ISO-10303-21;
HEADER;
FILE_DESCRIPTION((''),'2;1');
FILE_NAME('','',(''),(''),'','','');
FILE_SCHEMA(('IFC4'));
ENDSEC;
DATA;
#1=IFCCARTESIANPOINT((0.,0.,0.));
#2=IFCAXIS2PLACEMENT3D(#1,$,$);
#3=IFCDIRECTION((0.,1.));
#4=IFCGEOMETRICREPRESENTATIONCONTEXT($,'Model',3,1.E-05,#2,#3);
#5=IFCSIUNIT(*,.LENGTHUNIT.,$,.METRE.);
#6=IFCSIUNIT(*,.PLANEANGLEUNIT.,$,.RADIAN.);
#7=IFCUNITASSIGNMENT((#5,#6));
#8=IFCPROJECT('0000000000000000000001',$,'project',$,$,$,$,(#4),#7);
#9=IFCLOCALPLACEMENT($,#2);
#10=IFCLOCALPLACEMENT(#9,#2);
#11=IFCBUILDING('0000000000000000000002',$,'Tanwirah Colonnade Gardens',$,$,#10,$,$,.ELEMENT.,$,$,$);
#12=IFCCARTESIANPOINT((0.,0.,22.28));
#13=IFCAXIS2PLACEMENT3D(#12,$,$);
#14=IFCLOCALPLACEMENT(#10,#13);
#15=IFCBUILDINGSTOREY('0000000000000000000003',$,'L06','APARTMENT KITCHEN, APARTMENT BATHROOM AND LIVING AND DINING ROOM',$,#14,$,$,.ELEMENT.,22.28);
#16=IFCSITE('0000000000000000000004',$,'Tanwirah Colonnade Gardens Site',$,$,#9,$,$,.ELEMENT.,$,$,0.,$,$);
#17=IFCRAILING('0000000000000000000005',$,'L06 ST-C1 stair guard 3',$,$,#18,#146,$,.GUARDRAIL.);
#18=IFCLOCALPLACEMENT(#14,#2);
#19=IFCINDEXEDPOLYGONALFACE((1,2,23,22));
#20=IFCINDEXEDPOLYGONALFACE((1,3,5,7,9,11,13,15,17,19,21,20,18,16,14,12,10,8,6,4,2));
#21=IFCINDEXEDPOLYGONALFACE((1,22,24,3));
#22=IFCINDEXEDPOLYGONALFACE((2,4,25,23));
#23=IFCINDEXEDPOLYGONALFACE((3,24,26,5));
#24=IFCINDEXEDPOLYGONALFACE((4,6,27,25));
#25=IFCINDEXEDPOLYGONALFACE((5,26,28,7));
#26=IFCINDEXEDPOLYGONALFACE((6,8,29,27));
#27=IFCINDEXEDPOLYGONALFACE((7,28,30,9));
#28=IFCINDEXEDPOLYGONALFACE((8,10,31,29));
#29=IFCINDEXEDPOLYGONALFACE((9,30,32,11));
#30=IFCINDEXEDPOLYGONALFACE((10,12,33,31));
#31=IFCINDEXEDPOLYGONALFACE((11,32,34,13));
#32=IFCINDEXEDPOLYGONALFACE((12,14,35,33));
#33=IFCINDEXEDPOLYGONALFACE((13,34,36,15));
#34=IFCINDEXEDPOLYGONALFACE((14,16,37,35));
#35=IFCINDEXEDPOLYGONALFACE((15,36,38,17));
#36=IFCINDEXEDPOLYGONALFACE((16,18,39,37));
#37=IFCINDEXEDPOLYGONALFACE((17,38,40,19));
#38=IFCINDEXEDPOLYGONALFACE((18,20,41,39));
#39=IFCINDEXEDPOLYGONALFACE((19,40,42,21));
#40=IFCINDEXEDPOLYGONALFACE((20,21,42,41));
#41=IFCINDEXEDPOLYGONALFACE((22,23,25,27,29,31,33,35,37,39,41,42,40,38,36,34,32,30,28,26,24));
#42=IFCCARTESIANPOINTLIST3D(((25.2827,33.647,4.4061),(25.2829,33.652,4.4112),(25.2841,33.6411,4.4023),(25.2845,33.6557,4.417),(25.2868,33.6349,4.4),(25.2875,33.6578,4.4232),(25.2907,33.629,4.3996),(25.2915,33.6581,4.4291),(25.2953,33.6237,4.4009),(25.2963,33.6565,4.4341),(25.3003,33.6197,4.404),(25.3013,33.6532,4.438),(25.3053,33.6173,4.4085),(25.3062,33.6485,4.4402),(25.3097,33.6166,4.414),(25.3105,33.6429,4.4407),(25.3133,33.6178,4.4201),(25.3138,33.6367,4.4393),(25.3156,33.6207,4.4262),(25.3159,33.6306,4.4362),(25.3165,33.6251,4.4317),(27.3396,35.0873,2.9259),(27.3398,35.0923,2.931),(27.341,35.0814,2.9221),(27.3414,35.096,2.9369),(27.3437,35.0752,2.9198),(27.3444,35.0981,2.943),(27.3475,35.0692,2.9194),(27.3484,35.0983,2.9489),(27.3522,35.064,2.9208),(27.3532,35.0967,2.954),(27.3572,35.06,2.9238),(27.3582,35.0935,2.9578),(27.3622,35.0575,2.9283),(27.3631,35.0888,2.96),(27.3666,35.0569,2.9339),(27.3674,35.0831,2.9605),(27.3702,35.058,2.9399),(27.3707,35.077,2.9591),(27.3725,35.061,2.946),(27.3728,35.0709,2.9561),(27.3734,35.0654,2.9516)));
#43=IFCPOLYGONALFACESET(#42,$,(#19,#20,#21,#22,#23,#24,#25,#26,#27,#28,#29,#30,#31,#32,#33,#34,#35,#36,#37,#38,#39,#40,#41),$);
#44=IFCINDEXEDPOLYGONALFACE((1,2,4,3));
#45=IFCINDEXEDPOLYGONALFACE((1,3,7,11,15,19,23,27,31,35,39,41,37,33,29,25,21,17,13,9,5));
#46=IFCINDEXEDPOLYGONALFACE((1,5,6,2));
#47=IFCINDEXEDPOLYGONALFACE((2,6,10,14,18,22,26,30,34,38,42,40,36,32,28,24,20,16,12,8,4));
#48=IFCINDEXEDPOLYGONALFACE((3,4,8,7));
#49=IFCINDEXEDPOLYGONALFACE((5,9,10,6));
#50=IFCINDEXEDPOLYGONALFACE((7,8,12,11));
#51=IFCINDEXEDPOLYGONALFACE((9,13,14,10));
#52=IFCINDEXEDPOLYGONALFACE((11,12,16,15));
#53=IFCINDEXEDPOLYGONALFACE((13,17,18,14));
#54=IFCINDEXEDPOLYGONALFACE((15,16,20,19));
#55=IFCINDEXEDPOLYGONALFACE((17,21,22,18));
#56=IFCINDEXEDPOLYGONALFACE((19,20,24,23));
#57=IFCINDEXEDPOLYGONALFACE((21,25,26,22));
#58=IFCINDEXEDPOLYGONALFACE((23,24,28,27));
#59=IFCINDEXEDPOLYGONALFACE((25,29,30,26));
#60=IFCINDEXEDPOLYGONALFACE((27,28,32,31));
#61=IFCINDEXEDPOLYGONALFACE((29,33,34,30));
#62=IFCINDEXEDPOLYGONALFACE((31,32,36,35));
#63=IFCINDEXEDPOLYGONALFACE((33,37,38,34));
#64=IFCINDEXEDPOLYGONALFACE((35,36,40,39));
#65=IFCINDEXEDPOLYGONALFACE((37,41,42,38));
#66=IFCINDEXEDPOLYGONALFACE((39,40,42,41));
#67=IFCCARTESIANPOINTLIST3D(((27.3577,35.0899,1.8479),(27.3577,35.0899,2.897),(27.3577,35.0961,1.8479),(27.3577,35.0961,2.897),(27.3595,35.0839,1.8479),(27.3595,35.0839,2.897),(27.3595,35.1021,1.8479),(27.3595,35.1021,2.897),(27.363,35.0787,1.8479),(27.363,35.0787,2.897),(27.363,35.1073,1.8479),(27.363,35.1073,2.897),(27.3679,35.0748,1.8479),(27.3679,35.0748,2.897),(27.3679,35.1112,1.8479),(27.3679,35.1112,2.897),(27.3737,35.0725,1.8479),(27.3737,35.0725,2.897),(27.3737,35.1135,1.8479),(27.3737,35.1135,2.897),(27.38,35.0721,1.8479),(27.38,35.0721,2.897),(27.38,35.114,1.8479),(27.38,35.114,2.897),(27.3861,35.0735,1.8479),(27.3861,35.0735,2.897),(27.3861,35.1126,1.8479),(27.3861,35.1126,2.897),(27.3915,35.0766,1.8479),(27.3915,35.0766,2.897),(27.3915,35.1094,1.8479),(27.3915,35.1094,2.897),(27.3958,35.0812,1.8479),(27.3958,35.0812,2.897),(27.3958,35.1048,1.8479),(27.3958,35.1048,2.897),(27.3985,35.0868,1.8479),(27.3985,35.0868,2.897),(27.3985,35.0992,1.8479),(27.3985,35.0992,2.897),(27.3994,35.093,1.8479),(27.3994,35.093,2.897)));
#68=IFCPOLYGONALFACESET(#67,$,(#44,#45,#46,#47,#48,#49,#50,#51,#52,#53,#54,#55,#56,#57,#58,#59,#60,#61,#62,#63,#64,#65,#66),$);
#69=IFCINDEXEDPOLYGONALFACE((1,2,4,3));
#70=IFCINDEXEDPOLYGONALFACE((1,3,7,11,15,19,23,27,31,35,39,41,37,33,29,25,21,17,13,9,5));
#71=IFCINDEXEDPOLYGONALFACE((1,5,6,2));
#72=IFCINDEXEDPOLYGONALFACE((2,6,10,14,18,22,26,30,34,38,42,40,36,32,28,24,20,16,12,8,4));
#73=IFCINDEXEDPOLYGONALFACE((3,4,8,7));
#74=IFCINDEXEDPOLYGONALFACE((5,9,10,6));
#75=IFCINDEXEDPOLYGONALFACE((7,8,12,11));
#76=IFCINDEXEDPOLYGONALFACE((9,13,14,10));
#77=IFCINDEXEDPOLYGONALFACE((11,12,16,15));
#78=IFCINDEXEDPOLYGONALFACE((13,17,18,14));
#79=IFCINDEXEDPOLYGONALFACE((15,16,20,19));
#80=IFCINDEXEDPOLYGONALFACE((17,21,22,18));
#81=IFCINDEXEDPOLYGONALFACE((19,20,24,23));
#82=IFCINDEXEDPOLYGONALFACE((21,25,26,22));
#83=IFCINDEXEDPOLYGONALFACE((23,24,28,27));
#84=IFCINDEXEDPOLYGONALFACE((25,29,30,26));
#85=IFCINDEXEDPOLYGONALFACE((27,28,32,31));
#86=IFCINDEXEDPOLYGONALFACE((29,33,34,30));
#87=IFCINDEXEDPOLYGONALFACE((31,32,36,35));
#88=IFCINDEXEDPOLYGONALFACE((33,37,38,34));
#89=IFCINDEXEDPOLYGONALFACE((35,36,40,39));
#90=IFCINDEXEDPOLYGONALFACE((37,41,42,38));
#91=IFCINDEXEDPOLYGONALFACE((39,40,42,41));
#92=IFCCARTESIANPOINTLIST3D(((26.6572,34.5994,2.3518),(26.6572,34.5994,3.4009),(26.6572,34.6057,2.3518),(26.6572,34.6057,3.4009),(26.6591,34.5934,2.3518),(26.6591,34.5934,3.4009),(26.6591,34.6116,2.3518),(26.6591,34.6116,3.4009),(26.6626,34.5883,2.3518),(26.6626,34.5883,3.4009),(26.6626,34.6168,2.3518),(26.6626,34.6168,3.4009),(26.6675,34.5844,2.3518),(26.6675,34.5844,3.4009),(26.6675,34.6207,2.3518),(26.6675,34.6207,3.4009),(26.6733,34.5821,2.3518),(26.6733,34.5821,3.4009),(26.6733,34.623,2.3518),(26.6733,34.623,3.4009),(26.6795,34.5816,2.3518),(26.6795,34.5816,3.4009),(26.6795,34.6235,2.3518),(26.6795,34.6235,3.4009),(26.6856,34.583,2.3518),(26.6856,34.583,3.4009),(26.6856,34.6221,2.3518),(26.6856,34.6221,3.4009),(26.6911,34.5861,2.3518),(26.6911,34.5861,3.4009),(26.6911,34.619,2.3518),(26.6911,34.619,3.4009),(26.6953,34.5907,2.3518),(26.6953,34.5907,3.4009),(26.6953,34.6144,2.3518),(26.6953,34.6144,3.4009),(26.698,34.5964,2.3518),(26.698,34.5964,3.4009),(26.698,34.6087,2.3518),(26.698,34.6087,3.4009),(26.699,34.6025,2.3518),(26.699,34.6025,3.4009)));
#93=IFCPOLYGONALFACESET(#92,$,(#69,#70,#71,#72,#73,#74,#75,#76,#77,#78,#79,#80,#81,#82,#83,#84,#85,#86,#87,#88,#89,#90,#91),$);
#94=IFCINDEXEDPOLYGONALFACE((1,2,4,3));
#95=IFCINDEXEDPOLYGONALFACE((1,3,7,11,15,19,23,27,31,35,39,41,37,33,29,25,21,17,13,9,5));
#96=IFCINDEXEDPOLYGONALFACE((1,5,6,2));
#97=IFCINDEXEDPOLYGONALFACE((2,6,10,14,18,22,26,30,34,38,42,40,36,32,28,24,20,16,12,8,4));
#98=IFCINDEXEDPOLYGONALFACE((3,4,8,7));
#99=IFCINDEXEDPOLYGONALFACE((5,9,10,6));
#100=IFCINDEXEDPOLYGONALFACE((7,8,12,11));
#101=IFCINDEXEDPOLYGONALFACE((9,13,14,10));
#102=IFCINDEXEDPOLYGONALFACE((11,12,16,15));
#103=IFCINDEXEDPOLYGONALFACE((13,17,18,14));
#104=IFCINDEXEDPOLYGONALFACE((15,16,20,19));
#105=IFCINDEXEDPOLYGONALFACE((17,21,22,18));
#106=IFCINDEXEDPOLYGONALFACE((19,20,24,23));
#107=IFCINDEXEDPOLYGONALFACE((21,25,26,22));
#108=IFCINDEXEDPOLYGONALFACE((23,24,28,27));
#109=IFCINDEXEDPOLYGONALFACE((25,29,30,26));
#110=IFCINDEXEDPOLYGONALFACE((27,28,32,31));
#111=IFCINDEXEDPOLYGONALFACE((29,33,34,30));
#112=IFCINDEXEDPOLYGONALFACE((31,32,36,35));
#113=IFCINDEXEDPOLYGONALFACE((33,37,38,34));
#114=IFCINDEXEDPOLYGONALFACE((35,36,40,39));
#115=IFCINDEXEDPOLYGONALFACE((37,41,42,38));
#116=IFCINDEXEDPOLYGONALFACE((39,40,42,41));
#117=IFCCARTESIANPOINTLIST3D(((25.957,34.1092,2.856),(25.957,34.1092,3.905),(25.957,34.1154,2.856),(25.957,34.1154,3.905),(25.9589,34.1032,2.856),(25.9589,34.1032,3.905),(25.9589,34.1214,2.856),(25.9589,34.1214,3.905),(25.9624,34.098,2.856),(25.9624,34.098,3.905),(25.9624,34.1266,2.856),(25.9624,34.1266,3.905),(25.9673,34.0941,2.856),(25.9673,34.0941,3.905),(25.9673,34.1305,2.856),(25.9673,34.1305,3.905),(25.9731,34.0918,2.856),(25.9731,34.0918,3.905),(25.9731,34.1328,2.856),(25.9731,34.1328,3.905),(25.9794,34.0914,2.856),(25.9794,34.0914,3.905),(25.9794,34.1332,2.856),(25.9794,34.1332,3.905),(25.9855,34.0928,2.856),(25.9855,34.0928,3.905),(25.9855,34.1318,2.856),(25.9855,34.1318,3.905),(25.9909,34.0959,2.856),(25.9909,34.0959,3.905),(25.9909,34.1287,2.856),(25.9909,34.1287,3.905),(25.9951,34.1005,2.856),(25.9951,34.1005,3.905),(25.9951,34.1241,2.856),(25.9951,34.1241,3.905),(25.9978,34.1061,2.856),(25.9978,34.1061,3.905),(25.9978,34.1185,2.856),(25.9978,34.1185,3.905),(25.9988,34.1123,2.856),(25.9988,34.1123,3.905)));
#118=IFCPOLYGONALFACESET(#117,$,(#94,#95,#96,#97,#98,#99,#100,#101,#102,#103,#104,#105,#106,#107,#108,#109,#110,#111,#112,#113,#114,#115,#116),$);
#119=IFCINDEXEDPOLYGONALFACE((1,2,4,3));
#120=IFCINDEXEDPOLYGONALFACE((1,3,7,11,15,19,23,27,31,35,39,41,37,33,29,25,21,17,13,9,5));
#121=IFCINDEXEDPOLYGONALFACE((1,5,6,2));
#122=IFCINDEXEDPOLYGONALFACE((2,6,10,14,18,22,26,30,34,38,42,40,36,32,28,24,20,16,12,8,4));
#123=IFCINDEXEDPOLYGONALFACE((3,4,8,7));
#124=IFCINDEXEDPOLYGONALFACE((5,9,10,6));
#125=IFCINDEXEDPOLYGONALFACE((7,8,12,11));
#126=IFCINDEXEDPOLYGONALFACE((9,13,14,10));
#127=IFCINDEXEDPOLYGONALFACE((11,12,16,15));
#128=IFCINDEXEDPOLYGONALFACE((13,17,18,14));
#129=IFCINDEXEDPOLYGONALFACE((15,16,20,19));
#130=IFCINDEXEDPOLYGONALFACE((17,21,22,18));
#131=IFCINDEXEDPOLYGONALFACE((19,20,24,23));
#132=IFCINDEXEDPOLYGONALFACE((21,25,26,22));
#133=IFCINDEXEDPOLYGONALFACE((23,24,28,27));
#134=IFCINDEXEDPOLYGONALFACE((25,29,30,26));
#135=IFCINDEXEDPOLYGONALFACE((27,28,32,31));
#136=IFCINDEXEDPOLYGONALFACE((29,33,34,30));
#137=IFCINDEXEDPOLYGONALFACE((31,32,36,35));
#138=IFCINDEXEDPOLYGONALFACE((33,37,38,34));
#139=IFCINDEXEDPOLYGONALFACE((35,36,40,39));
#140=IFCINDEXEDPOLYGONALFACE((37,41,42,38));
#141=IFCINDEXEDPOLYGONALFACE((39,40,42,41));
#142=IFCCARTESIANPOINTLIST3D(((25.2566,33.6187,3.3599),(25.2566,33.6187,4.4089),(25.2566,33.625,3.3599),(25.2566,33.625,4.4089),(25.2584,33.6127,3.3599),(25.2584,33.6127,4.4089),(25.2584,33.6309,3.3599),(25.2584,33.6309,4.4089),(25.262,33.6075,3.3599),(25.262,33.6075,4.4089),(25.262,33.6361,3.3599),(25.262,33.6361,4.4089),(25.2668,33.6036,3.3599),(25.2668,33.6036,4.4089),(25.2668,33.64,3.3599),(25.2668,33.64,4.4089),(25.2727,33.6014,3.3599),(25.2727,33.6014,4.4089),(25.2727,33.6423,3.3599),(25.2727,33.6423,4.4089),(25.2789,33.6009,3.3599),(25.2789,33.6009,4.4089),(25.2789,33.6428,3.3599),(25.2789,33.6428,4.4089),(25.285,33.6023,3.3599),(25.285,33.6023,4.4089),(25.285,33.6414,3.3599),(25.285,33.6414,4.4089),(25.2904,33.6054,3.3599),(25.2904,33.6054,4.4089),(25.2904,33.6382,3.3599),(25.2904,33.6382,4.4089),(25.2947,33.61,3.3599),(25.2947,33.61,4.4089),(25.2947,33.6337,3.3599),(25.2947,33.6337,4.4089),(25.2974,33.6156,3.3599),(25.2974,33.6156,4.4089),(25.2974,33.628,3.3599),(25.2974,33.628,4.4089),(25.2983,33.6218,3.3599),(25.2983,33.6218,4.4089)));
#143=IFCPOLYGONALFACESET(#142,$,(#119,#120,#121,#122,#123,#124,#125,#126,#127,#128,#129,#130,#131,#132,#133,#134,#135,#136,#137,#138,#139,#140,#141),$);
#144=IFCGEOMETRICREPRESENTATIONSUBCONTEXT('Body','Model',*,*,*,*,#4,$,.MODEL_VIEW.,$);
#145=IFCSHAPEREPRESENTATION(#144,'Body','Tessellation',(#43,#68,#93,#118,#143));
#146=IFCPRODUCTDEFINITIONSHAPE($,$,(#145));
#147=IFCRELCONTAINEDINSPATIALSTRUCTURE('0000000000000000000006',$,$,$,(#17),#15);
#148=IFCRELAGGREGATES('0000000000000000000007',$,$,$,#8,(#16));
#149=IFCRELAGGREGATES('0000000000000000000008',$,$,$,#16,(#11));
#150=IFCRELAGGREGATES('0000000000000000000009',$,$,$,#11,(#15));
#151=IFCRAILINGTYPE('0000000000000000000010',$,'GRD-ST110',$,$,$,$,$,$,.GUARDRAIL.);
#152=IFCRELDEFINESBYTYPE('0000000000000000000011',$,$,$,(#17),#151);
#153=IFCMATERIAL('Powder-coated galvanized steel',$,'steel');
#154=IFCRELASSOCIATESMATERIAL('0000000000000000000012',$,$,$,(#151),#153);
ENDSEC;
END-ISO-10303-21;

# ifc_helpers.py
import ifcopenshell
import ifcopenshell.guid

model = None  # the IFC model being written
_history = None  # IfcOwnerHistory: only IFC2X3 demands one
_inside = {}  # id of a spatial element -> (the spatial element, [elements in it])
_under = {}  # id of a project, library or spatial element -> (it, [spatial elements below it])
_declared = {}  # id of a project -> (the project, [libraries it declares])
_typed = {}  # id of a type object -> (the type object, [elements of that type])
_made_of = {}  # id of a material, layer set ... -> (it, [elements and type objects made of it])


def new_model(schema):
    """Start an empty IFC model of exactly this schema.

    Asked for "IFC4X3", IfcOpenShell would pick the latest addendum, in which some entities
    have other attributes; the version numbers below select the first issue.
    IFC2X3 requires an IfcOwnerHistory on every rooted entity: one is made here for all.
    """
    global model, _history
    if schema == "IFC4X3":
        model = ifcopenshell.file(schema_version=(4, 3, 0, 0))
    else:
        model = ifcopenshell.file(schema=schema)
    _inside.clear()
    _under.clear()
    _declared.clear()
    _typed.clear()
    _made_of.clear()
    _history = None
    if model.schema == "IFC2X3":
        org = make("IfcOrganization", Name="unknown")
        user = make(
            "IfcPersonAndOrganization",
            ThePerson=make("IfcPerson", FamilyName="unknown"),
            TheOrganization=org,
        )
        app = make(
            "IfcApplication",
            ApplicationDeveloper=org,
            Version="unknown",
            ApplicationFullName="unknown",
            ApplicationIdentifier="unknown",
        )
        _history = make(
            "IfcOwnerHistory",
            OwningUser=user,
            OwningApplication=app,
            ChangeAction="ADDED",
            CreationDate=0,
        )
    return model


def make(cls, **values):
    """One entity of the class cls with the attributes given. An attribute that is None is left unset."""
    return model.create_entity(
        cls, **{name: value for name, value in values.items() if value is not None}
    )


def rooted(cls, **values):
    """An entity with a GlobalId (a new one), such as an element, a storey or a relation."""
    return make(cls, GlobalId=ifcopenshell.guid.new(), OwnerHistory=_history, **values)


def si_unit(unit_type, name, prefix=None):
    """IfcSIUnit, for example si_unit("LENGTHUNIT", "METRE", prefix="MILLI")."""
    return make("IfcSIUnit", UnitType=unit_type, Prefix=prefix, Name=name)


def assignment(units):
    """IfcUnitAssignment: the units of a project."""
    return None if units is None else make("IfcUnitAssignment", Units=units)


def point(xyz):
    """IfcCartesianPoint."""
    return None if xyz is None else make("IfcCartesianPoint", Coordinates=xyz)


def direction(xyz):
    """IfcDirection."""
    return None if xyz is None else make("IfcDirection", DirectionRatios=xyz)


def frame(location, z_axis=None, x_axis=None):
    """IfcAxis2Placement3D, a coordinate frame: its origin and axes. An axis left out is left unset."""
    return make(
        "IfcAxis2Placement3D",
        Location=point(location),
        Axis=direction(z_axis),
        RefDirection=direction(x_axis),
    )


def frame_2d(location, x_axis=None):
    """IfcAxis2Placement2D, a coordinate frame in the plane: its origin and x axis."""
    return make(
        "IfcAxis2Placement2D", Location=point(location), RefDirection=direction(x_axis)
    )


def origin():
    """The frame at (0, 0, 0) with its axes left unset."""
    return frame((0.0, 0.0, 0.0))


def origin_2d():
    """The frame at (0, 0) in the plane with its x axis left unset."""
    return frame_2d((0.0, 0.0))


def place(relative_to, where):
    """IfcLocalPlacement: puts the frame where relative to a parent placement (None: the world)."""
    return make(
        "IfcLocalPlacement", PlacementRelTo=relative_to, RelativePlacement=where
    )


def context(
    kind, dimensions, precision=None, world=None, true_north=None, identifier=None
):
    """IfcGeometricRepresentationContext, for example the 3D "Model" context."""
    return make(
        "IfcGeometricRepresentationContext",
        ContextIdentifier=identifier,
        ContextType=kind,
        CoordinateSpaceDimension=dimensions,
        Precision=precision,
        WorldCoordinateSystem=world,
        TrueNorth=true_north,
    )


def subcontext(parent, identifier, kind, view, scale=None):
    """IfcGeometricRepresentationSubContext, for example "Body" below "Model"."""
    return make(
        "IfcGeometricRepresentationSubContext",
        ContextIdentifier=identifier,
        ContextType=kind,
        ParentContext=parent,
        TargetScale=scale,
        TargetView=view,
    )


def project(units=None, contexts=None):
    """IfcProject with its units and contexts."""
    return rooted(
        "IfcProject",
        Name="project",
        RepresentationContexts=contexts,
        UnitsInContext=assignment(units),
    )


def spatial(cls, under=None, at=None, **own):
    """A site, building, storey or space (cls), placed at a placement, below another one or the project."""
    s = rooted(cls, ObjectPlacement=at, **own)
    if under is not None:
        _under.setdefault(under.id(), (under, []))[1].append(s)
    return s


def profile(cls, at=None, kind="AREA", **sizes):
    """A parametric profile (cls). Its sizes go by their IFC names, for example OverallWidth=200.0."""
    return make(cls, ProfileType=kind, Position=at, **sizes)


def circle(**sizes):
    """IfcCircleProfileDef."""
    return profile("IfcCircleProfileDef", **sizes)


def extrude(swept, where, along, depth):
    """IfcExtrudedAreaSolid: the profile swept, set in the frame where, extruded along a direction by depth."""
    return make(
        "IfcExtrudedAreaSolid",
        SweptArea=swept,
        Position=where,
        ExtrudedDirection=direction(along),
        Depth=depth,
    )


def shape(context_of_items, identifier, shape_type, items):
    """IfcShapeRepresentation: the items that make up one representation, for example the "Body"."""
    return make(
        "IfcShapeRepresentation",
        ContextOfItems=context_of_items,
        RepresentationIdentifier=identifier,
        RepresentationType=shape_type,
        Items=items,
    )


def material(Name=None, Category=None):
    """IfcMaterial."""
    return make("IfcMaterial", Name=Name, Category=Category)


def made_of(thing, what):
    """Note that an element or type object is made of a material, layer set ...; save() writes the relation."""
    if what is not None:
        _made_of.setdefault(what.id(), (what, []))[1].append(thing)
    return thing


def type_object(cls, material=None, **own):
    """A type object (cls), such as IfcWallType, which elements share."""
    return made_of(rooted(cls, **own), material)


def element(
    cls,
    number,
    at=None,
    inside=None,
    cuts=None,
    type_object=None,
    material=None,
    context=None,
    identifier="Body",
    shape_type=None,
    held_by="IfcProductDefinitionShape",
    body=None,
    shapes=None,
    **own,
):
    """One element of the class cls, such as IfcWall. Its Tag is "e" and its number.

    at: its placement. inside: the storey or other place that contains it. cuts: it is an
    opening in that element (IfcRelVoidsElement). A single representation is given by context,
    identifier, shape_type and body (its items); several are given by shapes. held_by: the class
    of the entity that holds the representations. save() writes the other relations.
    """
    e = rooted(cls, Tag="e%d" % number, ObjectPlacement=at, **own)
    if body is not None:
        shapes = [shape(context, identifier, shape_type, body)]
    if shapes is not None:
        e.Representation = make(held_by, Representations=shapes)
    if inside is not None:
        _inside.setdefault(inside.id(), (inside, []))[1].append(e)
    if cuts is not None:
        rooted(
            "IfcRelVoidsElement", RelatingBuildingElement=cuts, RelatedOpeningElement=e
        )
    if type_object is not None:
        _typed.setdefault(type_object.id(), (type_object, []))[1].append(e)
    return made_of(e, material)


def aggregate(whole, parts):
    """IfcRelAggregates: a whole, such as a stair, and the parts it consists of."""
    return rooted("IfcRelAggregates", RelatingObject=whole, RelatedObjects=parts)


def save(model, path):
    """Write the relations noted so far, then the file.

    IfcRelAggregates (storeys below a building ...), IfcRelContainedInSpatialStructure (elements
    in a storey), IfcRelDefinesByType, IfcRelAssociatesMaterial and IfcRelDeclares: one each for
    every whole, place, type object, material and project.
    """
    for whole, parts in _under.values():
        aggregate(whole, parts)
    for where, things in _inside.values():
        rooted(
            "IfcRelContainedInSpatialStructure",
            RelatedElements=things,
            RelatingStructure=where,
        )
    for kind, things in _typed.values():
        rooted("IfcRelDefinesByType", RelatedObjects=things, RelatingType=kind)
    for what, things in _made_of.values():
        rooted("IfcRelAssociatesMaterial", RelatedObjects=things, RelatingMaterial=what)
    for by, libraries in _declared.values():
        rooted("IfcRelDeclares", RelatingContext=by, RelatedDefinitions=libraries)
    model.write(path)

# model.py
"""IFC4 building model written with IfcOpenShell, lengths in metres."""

from ifc_helpers import new_model, si_unit, direction, frame, origin, origin_2d, place, context, subcontext, project, spatial, circle, extrude, material, type_object, element, save


model = new_model("IFC4")

# Units and contexts
model_context = context("Model", 3, precision=1e-05, world=origin(), true_north=direction((0.0, 1.0)))
body_context = subcontext(model_context, "Body", "Model", "MODEL_VIEW")
ifc_project = project(units=[si_unit("LENGTHUNIT", "METRE"), si_unit("PLANEANGLEUNIT", "RADIAN")], contexts=[model_context])

# Site, building, storey
site_placement = place(None, origin())
site = spatial("IfcSite", under=ifc_project, at=site_placement, Name="Tanwirah Colonnade Gardens Site", CompositionType="ELEMENT", RefElevation=0.0)
building_placement = place(site_placement, origin())
building = spatial("IfcBuilding", under=site, at=building_placement, Name="Tanwirah Colonnade Gardens", CompositionType="ELEMENT")
storey_placement = place(building_placement, frame((0.0, 0.0, 22.28)))
storey = spatial("IfcBuildingStorey", under=building, at=storey_placement, Name="L06", Description="APARTMENT KITCHEN, APARTMENT BATHROOM AND LIVING AND DINING ROOM", CompositionType="ELEMENT", Elevation=22.28)

# Railing
ifc_material_1 = material(Name="Powder-coated galvanized steel", Category="steel")
railing_type_1 = type_object("IfcRailingType", Name="GRD-ST110", PredefinedType="GUARDRAIL", material=ifc_material_1)
railing_1_placement = place(storey_placement, frame((27.3784, 35.093, 1.8479)))
element("IfcRailing", 1, at=railing_1_placement, inside=storey, type_object=railing_type_1, Name="L06 ST-C1 stair guard 3", PredefinedType="GUARDRAIL", context=body_context, shape_type="SweptSolid", body=[
    extrude(circle(Radius=0.0239, at=origin_2d()), frame((-0.022, -0.0154, 1.092), z_axis=(-0.705673, -0.494118, 0.507812), x_axis=(0.573577, -0.819151, 0.0)), (0.0, 0.0, 1.0), 2.9148),
    extrude(circle(Radius=0.021, at=origin_2d()), origin(), (0.0, 0.0, 1.0), 1.0491),
    extrude(circle(Radius=0.021, at=origin_2d()), frame((-0.7004, -0.4905, 0.5039)), (0.0, 0.0, 1.0), 1.0491),
    extrude(circle(Radius=0.021, at=origin_2d()), frame((-1.4006, -0.9807, 1.0081)), (0.0, 0.0, 1.0), 1.0491),
    extrude(circle(Radius=0.021, at=origin_2d()), frame((-2.1011, -1.4712, 1.512)), (0.0, 0.0, 1.0), 1.0491),
])

save(model, "model.ifc")
